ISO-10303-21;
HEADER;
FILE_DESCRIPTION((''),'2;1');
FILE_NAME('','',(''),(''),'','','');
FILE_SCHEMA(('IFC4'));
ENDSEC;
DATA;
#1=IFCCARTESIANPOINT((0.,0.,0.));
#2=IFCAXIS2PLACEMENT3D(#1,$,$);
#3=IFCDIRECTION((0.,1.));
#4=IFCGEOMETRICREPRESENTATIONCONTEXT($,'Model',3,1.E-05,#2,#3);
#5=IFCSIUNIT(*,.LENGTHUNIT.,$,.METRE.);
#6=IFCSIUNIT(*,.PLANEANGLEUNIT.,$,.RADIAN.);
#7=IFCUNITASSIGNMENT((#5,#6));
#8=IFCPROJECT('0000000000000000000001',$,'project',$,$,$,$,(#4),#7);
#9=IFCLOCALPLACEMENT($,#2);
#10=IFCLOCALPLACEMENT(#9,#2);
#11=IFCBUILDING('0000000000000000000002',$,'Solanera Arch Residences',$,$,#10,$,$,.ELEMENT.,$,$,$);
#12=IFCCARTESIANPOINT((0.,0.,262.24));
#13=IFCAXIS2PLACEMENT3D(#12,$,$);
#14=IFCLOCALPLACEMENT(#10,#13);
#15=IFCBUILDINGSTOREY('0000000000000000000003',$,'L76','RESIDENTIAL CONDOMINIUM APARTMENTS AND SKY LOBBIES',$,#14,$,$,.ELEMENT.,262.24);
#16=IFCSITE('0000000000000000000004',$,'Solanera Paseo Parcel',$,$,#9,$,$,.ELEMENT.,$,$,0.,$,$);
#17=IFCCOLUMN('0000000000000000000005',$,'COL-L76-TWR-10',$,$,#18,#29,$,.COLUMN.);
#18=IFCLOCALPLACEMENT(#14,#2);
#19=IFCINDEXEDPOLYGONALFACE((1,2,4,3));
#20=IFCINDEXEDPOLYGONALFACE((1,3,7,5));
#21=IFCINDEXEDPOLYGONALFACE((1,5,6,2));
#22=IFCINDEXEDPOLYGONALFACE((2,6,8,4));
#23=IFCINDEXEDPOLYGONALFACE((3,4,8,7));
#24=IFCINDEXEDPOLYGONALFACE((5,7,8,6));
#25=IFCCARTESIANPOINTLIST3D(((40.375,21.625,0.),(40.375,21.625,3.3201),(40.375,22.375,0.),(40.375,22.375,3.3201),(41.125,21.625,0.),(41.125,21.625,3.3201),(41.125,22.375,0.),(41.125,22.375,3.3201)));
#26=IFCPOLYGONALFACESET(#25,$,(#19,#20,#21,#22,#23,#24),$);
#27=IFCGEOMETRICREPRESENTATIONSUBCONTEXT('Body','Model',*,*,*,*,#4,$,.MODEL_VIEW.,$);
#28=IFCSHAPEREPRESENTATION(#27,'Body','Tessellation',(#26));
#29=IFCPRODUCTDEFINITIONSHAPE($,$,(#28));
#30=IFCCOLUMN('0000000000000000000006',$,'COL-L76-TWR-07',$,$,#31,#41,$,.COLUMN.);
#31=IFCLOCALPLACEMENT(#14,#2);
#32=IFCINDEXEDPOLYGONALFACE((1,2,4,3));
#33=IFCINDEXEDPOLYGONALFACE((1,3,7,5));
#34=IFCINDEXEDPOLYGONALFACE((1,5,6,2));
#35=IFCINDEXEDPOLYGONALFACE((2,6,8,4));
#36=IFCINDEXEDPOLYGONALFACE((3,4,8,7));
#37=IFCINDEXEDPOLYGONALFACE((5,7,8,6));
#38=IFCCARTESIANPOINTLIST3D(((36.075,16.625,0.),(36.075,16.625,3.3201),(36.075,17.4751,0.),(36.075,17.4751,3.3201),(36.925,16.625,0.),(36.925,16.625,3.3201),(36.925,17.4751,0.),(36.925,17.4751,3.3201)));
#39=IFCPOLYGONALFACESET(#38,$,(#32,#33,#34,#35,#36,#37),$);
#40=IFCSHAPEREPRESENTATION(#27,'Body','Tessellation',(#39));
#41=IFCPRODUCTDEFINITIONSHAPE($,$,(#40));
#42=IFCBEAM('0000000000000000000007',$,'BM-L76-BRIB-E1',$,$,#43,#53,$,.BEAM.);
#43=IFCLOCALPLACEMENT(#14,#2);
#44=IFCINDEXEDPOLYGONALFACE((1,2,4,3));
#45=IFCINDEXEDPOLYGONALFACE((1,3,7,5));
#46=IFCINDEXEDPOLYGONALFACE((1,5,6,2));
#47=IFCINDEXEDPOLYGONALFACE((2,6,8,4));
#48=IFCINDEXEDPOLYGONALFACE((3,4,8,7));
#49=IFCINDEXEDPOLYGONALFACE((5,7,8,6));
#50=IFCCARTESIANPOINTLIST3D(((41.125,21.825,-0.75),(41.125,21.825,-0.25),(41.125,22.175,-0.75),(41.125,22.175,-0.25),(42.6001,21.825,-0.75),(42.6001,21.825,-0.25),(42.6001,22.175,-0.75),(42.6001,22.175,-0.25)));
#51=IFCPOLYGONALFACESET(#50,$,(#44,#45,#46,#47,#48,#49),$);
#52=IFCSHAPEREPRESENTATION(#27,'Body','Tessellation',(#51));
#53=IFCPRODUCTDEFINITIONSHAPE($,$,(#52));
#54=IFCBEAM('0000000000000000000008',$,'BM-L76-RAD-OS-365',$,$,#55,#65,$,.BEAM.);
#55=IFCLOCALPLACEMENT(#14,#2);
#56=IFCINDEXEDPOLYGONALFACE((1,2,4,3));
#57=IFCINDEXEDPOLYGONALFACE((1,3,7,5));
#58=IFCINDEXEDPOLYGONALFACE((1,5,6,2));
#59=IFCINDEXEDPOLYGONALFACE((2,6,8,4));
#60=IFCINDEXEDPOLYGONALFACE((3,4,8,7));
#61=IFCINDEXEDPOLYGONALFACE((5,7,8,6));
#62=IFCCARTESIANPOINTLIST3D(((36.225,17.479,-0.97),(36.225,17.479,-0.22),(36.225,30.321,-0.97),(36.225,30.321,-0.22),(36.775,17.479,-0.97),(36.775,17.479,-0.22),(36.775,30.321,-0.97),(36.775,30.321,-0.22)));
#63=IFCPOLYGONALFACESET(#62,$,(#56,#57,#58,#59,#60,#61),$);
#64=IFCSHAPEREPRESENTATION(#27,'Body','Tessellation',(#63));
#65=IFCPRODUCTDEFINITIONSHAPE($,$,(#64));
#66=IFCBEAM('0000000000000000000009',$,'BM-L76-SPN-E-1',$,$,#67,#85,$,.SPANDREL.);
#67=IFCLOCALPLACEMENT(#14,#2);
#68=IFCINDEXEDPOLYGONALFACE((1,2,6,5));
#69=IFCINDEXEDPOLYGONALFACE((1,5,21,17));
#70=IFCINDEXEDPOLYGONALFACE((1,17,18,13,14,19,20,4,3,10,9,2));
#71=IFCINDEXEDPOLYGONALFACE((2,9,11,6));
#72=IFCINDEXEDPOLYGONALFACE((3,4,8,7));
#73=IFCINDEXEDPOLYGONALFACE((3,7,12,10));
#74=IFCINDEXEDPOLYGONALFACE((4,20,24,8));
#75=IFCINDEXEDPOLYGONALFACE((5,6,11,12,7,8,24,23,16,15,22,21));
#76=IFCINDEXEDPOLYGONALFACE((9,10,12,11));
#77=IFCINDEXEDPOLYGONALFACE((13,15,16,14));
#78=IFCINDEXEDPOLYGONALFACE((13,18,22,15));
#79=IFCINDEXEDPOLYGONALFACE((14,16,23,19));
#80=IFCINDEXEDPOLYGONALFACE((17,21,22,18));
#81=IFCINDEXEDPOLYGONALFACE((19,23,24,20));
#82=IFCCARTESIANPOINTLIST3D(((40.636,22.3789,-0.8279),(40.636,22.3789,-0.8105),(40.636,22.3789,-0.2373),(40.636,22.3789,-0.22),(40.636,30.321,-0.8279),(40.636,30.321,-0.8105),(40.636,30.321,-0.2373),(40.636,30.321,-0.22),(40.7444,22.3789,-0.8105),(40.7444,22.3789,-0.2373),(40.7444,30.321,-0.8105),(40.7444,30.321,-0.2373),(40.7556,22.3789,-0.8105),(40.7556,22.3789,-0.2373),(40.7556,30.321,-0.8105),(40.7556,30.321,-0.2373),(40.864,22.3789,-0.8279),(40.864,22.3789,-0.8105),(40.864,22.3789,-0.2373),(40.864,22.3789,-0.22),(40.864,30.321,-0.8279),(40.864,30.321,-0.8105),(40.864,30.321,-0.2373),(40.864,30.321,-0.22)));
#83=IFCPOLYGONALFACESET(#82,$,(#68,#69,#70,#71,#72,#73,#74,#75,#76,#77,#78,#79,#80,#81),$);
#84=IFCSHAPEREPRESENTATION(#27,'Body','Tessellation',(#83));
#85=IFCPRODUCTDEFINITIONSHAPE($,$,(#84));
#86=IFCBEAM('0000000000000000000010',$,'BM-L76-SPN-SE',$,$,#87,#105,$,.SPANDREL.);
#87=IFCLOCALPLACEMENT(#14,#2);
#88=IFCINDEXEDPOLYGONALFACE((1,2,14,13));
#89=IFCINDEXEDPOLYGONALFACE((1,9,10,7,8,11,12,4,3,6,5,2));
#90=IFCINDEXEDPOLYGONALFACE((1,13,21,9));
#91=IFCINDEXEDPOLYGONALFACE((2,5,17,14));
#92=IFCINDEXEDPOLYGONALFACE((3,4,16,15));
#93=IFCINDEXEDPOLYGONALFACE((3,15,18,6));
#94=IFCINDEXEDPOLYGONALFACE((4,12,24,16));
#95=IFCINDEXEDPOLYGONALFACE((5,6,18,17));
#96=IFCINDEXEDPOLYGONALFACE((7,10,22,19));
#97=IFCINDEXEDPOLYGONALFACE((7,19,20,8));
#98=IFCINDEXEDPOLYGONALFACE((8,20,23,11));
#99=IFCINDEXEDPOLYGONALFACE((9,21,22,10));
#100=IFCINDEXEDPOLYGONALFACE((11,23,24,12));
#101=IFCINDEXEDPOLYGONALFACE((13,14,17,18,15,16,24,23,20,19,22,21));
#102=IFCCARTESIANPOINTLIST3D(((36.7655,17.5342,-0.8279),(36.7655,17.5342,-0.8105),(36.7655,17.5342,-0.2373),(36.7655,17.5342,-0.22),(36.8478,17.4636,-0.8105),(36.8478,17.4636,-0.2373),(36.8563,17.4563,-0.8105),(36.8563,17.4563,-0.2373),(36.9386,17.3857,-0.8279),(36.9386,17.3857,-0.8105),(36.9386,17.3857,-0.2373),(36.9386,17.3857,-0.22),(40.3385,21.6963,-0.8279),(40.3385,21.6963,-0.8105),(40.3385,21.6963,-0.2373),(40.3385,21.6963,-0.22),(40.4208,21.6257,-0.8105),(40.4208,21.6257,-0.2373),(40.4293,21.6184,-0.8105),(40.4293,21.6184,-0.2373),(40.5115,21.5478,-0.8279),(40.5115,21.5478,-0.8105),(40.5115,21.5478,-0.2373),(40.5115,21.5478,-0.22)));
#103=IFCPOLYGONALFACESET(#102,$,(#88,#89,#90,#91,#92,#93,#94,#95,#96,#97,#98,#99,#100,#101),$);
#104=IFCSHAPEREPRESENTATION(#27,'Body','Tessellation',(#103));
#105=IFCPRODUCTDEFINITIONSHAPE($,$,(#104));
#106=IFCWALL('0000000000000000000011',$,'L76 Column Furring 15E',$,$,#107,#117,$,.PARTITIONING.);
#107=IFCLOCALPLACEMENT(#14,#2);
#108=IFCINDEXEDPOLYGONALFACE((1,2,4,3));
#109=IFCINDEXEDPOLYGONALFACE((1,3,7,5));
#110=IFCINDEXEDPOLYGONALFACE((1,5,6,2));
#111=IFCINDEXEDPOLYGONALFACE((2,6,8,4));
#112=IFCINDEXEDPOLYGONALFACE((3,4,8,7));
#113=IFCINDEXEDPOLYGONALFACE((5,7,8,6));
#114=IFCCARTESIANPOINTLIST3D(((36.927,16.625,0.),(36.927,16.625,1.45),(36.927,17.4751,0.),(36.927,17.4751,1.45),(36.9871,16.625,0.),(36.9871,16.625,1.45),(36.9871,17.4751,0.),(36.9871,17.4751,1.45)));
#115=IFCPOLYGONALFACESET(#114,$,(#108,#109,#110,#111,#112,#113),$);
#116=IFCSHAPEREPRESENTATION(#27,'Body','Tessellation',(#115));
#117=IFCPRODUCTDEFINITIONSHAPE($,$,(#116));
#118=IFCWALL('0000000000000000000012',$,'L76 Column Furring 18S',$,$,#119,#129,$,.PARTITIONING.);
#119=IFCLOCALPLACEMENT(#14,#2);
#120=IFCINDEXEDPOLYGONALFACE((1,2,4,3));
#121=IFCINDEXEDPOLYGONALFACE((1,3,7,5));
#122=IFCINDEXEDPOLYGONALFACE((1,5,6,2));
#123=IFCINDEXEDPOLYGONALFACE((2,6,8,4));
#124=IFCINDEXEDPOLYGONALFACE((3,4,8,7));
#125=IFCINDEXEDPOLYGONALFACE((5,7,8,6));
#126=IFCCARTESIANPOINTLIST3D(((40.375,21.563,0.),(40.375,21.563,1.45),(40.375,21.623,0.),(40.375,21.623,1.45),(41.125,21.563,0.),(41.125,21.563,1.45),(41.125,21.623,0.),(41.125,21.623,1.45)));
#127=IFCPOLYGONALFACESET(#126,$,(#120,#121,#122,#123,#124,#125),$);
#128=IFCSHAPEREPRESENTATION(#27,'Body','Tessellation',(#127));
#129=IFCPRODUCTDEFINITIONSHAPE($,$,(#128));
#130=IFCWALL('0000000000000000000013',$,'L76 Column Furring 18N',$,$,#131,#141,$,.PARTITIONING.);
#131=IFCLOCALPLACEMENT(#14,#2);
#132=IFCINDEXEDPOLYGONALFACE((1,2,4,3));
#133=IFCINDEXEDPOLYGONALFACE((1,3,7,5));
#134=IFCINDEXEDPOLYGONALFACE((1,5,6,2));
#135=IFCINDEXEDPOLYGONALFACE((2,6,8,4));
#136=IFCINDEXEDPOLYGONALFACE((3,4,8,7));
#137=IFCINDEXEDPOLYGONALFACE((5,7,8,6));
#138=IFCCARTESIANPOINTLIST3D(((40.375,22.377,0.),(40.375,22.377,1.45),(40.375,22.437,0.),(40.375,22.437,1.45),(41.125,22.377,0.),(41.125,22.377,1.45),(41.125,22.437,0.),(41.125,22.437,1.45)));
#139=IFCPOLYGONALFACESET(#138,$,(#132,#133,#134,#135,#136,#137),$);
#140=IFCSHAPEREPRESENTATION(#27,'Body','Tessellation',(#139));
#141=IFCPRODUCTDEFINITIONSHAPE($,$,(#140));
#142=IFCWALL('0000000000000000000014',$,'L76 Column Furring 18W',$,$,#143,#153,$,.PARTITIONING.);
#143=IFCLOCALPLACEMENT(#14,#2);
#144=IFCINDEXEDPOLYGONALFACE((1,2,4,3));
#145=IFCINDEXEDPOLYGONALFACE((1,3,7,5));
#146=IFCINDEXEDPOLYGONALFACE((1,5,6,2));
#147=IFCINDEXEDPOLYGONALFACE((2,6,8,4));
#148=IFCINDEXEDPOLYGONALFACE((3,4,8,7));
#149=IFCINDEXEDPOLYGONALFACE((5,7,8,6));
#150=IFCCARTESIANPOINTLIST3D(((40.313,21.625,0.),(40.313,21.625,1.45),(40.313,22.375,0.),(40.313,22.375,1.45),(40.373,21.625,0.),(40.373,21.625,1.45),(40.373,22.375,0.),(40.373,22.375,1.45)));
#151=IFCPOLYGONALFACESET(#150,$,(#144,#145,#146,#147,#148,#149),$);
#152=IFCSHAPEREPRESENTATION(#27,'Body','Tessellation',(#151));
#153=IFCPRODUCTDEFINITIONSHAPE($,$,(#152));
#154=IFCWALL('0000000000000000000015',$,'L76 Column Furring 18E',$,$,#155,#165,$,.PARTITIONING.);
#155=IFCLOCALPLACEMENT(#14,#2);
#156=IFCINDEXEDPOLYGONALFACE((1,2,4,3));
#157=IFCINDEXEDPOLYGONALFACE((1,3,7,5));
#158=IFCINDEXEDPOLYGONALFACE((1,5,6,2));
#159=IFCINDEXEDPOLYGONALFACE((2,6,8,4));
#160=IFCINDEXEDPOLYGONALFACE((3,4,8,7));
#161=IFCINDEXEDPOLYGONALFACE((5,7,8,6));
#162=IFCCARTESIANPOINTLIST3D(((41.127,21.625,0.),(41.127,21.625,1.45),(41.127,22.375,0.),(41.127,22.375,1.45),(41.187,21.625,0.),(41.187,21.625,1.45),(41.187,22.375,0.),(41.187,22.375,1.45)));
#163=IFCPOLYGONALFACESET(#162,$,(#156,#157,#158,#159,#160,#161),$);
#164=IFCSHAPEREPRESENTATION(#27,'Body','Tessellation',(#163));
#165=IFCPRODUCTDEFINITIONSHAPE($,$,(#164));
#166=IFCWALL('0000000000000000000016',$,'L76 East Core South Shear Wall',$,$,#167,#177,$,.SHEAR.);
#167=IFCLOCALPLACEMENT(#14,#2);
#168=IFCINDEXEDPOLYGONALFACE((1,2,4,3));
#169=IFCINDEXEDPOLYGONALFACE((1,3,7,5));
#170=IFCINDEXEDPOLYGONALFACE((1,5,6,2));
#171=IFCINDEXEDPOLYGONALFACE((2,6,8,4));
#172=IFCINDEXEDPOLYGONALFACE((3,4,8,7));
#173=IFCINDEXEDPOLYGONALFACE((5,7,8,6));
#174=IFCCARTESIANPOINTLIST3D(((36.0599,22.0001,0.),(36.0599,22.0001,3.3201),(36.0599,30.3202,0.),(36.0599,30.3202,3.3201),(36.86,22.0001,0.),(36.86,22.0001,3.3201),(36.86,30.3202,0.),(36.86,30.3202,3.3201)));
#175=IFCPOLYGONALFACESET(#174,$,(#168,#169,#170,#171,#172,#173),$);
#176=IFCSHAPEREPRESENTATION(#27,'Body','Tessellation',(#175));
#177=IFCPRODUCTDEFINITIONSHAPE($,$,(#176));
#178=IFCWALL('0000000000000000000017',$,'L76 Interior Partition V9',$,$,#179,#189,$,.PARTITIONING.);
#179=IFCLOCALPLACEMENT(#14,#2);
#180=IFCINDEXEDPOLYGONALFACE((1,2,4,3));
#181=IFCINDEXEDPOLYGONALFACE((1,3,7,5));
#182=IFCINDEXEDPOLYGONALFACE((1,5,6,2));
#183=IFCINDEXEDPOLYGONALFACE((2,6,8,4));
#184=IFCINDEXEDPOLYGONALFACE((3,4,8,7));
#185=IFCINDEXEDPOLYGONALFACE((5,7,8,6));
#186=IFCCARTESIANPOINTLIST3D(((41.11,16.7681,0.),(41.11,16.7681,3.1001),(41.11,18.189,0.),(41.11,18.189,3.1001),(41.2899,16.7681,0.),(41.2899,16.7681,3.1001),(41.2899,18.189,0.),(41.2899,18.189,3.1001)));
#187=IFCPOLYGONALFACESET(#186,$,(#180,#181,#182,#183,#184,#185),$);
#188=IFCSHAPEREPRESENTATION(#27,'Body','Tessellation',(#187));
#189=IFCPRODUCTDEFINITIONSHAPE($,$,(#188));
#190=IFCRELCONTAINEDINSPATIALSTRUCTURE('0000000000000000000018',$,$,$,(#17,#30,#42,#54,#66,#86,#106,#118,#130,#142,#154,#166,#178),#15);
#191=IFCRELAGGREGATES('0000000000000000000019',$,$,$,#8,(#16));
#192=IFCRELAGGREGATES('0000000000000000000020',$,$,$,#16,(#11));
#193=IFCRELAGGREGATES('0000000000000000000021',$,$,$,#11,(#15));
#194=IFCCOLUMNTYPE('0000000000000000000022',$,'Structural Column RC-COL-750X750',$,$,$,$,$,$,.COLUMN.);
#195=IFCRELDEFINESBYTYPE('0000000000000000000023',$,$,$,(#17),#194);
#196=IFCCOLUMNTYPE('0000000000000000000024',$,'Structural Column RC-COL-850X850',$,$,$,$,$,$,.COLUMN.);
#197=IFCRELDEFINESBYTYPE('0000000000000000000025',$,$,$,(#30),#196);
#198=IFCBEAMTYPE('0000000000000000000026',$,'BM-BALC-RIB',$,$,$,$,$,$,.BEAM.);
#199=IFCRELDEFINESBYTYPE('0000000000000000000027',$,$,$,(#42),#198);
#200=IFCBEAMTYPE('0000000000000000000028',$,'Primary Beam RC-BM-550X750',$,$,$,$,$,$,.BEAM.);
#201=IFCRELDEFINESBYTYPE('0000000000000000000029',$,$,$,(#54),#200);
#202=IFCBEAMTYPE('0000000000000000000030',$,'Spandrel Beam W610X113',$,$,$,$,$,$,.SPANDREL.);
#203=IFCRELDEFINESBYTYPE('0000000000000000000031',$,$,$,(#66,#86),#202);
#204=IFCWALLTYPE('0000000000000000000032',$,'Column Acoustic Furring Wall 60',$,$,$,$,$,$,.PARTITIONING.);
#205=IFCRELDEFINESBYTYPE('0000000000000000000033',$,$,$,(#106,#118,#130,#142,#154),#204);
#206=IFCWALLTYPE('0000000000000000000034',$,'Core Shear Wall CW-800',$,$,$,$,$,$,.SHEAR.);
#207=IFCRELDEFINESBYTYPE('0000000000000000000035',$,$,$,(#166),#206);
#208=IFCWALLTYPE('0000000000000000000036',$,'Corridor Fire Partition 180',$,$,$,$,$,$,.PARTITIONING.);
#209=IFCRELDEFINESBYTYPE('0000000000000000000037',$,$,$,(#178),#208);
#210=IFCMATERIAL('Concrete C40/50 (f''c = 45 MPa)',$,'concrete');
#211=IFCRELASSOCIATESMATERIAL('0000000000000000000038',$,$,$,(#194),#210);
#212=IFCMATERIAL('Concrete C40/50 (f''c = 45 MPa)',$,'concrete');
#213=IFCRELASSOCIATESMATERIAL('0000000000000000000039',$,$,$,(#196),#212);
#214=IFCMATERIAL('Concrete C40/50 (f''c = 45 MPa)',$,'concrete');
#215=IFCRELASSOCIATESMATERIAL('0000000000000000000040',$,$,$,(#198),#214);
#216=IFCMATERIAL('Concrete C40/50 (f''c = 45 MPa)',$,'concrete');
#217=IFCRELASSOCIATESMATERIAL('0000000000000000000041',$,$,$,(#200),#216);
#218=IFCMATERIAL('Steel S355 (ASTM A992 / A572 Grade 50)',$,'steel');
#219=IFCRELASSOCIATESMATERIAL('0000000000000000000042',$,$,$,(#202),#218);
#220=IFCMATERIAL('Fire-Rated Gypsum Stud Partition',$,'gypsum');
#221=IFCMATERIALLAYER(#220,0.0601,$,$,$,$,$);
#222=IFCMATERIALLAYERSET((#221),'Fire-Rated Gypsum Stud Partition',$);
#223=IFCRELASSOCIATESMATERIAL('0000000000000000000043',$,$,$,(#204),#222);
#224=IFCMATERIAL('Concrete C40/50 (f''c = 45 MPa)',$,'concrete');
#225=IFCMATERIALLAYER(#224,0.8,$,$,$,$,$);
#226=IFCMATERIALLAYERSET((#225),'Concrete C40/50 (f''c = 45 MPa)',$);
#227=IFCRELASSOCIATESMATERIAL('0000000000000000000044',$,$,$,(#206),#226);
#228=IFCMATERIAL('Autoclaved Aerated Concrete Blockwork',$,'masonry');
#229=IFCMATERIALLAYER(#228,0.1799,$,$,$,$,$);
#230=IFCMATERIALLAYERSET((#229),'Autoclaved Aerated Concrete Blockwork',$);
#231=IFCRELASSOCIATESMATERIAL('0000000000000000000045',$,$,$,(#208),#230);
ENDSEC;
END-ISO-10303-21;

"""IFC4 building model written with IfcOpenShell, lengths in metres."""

from ifc_helpers import new_model, si_unit, direction, frame, frame_2d, origin, origin_2d, place, context, subcontext, project, spatial, rectangle, i_section, extrude, material, layer, layer_set, material_profile, profile_set, type_object, element, save


model = new_model("IFC4")

# Units and contexts
model_context = context("Model", 3, precision=1e-05, world=origin(), true_north=direction((0.0, 1.0)))
body_context = subcontext(model_context, "Body", "Model", "MODEL_VIEW")
ifc_project = project(units=[si_unit("LENGTHUNIT", "METRE"), si_unit("PLANEANGLEUNIT", "RADIAN")], contexts=[model_context])

# Site, building, storey
site_placement = place(None, origin())
site = spatial("IfcSite", under=ifc_project, at=site_placement, Name="Solanera Paseo Parcel", CompositionType="ELEMENT", RefElevation=0.0)
building_placement = place(site_placement, origin())
building = spatial("IfcBuilding", under=site, at=building_placement, Name="Solanera Arch Residences", CompositionType="ELEMENT")
storey_placement = place(building_placement, frame((0.0, 0.0, 262.24)))
storey = spatial("IfcBuildingStorey", under=building, at=storey_placement, Name="L76", Description="RESIDENTIAL CONDOMINIUM APARTMENTS AND SKY LOBBIES", CompositionType="ELEMENT", Elevation=262.24)

# Columns
ifc_material_1 = material(Name="Concrete C40/50 (f'c = 45 MPa)", Category="concrete")
ifc_material_profile_1 = material_profile(ifc_material_1, rectangle(XDim=0.75, YDim=0.75, at=origin_2d()))
ifc_profile_set_1 = profile_set([ifc_material_profile_1], Name="Concrete C40/50 (f'c = 45 MPa)")
column_type_1 = type_object("IfcColumnType", Name="Structural Column RC-COL-750X750", PredefinedType="COLUMN", material=ifc_profile_set_1)
column_1_placement = place(storey_placement, frame((40.75, 22.0, 0.0), z_axis=(0.0, 0.0, 1.0), x_axis=(1.0, 0.0, 0.0)))
element("IfcColumn", 1, at=column_1_placement, inside=storey, type_object=column_type_1, Name="COL-L76-TWR-10", PredefinedType="COLUMN", context=body_context, shape_type="SweptSolid", body=[
    extrude(rectangle(XDim=0.75, YDim=0.75, at=origin_2d()), origin(), (0.0, 0.0, 1.0), 3.3201),
])
ifc_material_2 = material(Name="Concrete C40/50 (f'c = 45 MPa)", Category="concrete")
ifc_material_profile_2 = material_profile(ifc_material_2, rectangle(XDim=0.8501, YDim=0.8501, at=origin_2d()))
ifc_profile_set_2 = profile_set([ifc_material_profile_2], Name="Concrete C40/50 (f'c = 45 MPa)")
column_type_2 = type_object("IfcColumnType", Name="Structural Column RC-COL-850X850", PredefinedType="COLUMN", material=ifc_profile_set_2)
column_2_placement = place(storey_placement, frame((36.5, 17.05, 0.0), z_axis=(0.0, 0.0, 1.0), x_axis=(1.0, 0.0, 0.0)))
element("IfcColumn", 2, at=column_2_placement, inside=storey, type_object=column_type_2, Name="COL-L76-TWR-07", PredefinedType="COLUMN", context=body_context, shape_type="SweptSolid", body=[
    extrude(rectangle(XDim=0.8501, YDim=0.8501, at=origin_2d()), origin(), (0.0, 0.0, 1.0), 3.3201),
])

# Beams
ifc_material_3 = material(Name="Concrete C40/50 (f'c = 45 MPa)", Category="concrete")
ifc_material_profile_3 = material_profile(ifc_material_3, rectangle(XDim=0.3501, YDim=0.5, at=origin_2d()))
ifc_profile_set_3 = profile_set([ifc_material_profile_3], Name="Concrete C40/50 (f'c = 45 MPa)")
beam_type_1 = type_object("IfcBeamType", Name="BM-BALC-RIB", PredefinedType="BEAM", material=ifc_profile_set_3)
beam_1_placement = place(storey_placement, frame((41.125, 22.0, -0.5), z_axis=(1.0, 0.0, 0.0), x_axis=(0.0, 1.0, 0.0)))
element("IfcBeam", 3, at=beam_1_placement, inside=storey, type_object=beam_type_1, Name="BM-L76-BRIB-E1", PredefinedType="BEAM", context=body_context, shape_type="SweptSolid", body=[
    extrude(rectangle(XDim=0.3501, YDim=0.5, at=origin_2d()), origin(), (0.0, 0.0, 1.0), 1.4751),
])
ifc_material_4 = material(Name="Concrete C40/50 (f'c = 45 MPa)", Category="concrete")
ifc_material_profile_4 = material_profile(ifc_material_4, rectangle(XDim=0.55, YDim=0.75, at=origin_2d()))
ifc_profile_set_4 = profile_set([ifc_material_profile_4], Name="Concrete C40/50 (f'c = 45 MPa)")
beam_type_2 = type_object("IfcBeamType", Name="Primary Beam RC-BM-550X750", PredefinedType="BEAM", material=ifc_profile_set_4)
beam_2_placement = place(storey_placement, frame((36.5, 17.479, -0.595), z_axis=(0.0, 1.0, 0.0), x_axis=(-1.0, 0.0, 0.0)))
element("IfcBeam", 4, at=beam_2_placement, inside=storey, type_object=beam_type_2, Name="BM-L76-RAD-OS-365", PredefinedType="BEAM", context=body_context, shape_type="SweptSolid", body=[
    extrude(rectangle(XDim=0.55, YDim=0.75, at=origin_2d()), origin(), (0.0, 0.0, 1.0), 12.842),
])
ifc_material_5 = material(Name="Steel S355 (ASTM A992 / A572 Grade 50)", Category="steel")
ifc_material_profile_5 = material_profile(ifc_material_5, i_section(OverallWidth=0.228, OverallDepth=0.6079, WebThickness=0.0112, FlangeThickness=0.0173, at=origin_2d()))
ifc_profile_set_5 = profile_set([ifc_material_profile_5], Name="Steel S355 (ASTM A992 / A572 Grade 50)")
beam_type_3 = type_object("IfcBeamType", Name="Spandrel Beam W610X113", PredefinedType="SPANDREL", material=ifc_profile_set_5)
beam_3_placement = place(storey_placement, frame((40.75, 22.3789, -0.5239), z_axis=(0.0, 1.0, 0.0), x_axis=(-1.0, 0.0, 0.0)))
element("IfcBeam", 5, at=beam_3_placement, inside=storey, type_object=beam_type_3, Name="BM-L76-SPN-E-1", PredefinedType="SPANDREL", context=body_context, shape_type="SweptSolid", body=[
    extrude(i_section(OverallWidth=0.228, OverallDepth=0.6079, WebThickness=0.0112, FlangeThickness=0.0173, at=origin_2d()), origin(), (0.0, 0.0, 1.0), 7.9421),
])
beam_4_placement = place(storey_placement, frame((36.8521, 17.46, -0.5239), z_axis=(0.651367, 0.758763, 0.0), x_axis=(-0.758763, 0.651367, 0.0)))
element("IfcBeam", 6, at=beam_4_placement, inside=storey, type_object=beam_type_3, Name="BM-L76-SPN-SE", PredefinedType="SPANDREL", context=body_context, shape_type="SweptSolid", body=[
    extrude(i_section(OverallWidth=0.228, OverallDepth=0.6079, WebThickness=0.0112, FlangeThickness=0.0173, at=origin_2d()), origin(), (0.0, 0.0, 1.0), 5.4854),
])

# Walls
ifc_material_6 = material(Name="Fire-Rated Gypsum Stud Partition", Category="gypsum")
ifc_layer_1 = layer(ifc_material_6, 0.0601)
ifc_layer_set_1 = layer_set([ifc_layer_1], Name="Fire-Rated Gypsum Stud Partition")
wall_type_1 = type_object("IfcWallType", Name="Column Acoustic Furring Wall 60", PredefinedType="PARTITIONING", material=ifc_layer_set_1)
wall_1_placement = place(storey_placement, frame((36.957, 16.625, 0.0), z_axis=(0.0, 0.0, 1.0), x_axis=(0.0, 1.0, 0.0)))
element("IfcWall", 7, at=wall_1_placement, inside=storey, type_object=wall_type_1, Name="L76 Column Furring 15E", PredefinedType="PARTITIONING", context=body_context, shape_type="SweptSolid", body=[
    extrude(rectangle(XDim=0.8501, YDim=0.0601, at=frame_2d((0.425, 0.0))), origin(), (0.0, 0.0, 1.0), 1.45),
])
for number, where, z_axis, x_axis, name in (
    (8, (40.375, 21.593, 0.0), (0.0, 0.0, 1.0), (1.0, 0.0, 0.0), "L76 Column Furring 18S"),
    (9, (40.375, 22.407, 0.0), (0.0, 0.0, 1.0), (1.0, 0.0, 0.0), "L76 Column Furring 18N"),
    (10, (40.343, 21.625, 0.0), (0.0, 0.0, 1.0), (0.0, 1.0, 0.0), "L76 Column Furring 18W"),
    (11, (41.157, 21.625, 0.0), (0.0, 0.0, 1.0), (0.0, 1.0, 0.0), "L76 Column Furring 18E"),
):
    element("IfcWall", number, at=place(storey_placement, frame(where, z_axis=z_axis, x_axis=x_axis)), inside=storey, type_object=wall_type_1, Name=name, PredefinedType="PARTITIONING", context=body_context, shape_type="SweptSolid", body=[
        extrude(rectangle(XDim=0.75, YDim=0.0601, at=frame_2d((0.375, 0.0))), origin(), (0.0, 0.0, 1.0), 1.45),
    ])
ifc_material_7 = material(Name="Concrete C40/50 (f'c = 45 MPa)", Category="concrete")
ifc_layer_2 = layer(ifc_material_7, 0.8)
ifc_layer_set_2 = layer_set([ifc_layer_2], Name="Concrete C40/50 (f'c = 45 MPa)")
wall_type_2 = type_object("IfcWallType", Name="Core Shear Wall CW-800", PredefinedType="SHEAR", material=ifc_layer_set_2)
wall_2_placement = place(storey_placement, frame((36.46, 22.0, 0.0), z_axis=(0.0, 0.0, 1.0), x_axis=(0.0, 1.0, 0.0)))
element("IfcWall", 12, at=wall_2_placement, inside=storey, type_object=wall_type_2, Name="L76 East Core South Shear Wall", PredefinedType="SHEAR", context=body_context, shape_type="SweptSolid", body=[
    extrude(rectangle(XDim=8.3201, YDim=0.8, at=frame_2d((4.1602, 0.0))), origin(), (0.0, 0.0, 1.0), 3.3201),
])
ifc_material_8 = material(Name="Autoclaved Aerated Concrete Blockwork", Category="masonry")
ifc_layer_3 = layer(ifc_material_8, 0.1799)
ifc_layer_set_3 = layer_set([ifc_layer_3], Name="Autoclaved Aerated Concrete Blockwork")
wall_type_3 = type_object("IfcWallType", Name="Corridor Fire Partition 180", PredefinedType="PARTITIONING", material=ifc_layer_set_3)
wall_3_placement = place(storey_placement, frame((41.2, 16.7681, 0.0), z_axis=(0.0, 0.0, 1.0), x_axis=(0.0, 1.0, 0.0)))
element("IfcWall", 13, at=wall_3_placement, inside=storey, type_object=wall_type_3, Name="L76 Interior Partition V9", PredefinedType="PARTITIONING", context=body_context, shape_type="SweptSolid", body=[
    extrude(rectangle(XDim=1.4209, YDim=0.1799, at=frame_2d((0.7104, 0.0))), origin(), (0.0, 0.0, 1.0), 3.1001),
])

save(model, "model.ifc")
